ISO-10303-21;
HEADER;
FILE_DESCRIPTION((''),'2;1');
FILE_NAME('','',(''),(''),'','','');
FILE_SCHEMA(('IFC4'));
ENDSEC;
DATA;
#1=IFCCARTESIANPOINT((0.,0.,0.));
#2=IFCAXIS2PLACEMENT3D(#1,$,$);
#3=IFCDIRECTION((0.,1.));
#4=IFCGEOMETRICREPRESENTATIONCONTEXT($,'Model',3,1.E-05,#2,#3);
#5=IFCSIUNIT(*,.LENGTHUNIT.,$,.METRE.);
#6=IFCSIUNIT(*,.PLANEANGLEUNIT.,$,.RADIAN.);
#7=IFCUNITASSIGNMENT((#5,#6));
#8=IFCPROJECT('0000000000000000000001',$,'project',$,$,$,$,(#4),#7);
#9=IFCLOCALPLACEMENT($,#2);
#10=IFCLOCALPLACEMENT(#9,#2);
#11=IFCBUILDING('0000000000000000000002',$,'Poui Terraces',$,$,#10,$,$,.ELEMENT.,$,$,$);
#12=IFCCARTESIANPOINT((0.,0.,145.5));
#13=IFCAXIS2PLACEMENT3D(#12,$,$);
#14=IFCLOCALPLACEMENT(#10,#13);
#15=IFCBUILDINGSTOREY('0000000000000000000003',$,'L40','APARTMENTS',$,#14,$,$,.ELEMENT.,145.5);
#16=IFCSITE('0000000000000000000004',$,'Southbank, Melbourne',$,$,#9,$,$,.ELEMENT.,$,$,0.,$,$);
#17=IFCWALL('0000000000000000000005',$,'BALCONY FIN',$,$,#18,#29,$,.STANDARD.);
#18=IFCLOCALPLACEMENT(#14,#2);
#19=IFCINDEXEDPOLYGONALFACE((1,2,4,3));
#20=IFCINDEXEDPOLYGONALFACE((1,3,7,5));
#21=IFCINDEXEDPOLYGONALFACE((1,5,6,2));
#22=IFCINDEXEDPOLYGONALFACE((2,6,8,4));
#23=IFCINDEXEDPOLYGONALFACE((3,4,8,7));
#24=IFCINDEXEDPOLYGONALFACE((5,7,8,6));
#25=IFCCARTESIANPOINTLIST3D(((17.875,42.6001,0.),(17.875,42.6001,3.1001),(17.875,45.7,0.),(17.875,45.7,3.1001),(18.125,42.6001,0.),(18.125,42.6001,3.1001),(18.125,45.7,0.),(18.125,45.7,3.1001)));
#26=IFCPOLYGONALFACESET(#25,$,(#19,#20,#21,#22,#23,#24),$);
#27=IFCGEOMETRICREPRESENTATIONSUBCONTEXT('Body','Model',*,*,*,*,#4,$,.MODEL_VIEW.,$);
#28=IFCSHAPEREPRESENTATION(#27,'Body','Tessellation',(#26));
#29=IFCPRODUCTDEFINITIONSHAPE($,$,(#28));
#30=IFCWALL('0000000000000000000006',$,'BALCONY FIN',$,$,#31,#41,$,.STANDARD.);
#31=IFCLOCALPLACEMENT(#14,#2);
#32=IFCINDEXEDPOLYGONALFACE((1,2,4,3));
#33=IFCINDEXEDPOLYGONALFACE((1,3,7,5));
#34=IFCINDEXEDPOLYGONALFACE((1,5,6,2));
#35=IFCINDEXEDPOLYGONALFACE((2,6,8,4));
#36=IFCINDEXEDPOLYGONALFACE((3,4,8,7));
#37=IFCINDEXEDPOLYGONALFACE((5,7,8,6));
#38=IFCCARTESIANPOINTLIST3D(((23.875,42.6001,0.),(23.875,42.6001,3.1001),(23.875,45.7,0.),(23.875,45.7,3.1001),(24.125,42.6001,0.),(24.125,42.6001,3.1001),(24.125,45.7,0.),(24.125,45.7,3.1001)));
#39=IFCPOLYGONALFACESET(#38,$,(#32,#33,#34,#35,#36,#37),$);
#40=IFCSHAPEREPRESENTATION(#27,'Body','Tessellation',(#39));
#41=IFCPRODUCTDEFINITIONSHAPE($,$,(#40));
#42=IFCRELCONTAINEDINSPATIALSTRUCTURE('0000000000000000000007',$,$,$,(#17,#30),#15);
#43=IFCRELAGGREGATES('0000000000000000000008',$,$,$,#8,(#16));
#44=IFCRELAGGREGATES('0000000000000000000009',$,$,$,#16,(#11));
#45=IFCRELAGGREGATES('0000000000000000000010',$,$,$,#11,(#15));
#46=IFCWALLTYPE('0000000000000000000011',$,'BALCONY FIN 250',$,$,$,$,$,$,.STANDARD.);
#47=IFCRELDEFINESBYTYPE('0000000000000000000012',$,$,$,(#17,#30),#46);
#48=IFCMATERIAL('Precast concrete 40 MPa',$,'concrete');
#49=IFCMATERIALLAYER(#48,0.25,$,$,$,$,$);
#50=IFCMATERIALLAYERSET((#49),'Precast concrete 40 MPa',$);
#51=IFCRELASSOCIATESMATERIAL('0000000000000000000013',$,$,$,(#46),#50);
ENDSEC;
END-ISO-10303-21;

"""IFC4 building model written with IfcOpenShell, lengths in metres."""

from ifc_helpers import new_model, si_unit, direction, frame, origin, place, context, subcontext, project, spatial, polyline, outline, extrude, source, transform, mapped, material, layer, layer_set, type_object, element, save


model = new_model("IFC4")

# Units and contexts
model_context = context("Model", 3, precision=1e-05, world=origin(), true_north=direction((0.0, 1.0)))
body_context = subcontext(model_context, "Body", "Model", "MODEL_VIEW")
ifc_project = project(units=[si_unit("LENGTHUNIT", "METRE"), si_unit("PLANEANGLEUNIT", "RADIAN")], contexts=[model_context])

# Site, building, storey
site_placement = place(None, origin())
site = spatial("IfcSite", under=ifc_project, at=site_placement, Name="Southbank, Melbourne", CompositionType="ELEMENT", RefElevation=0.0)
building_placement = place(site_placement, origin())
building = spatial("IfcBuilding", under=site, at=building_placement, Name="Poui Terraces", CompositionType="ELEMENT")
storey_placement = place(building_placement, frame((0.0, 0.0, 145.5)))
storey = spatial("IfcBuildingStorey", under=building, at=storey_placement, Name="L40", Description="APARTMENTS", CompositionType="ELEMENT", Elevation=145.5)

# Walls
ifc_material_1 = material(Name="Precast concrete 40 MPa", Category="concrete")
ifc_layer_1 = layer(ifc_material_1, 0.25)
ifc_layer_set_1 = layer_set([ifc_layer_1], Name="Precast concrete 40 MPa")
wall_type_1 = type_object("IfcWallType", Name="BALCONY FIN 250", PredefinedType="STANDARD", material=ifc_layer_set_1)
shared_shape_1 = source(origin(), body_context, "Body", "SweptSolid", [
    extrude(outline(polyline([(0.0, 0.0), (0.25, 0.0), (0.25, 3.0999), (0.0, 3.0999), (0.0, 0.0)])), origin(), (0.0, 0.0, 1.0), 3.1001),
])
for number, where, name in (
    (1, (17.875, 42.6001, 0.0), "BALCONY FIN"),
    (2, (23.875, 42.6001, 0.0), "BALCONY FIN"),
):
    element("IfcWall", number, at=place(storey_placement, frame(where)), inside=storey, type_object=wall_type_1, Name=name, PredefinedType="STANDARD", context=body_context, shape_type="MappedRepresentation", body=[
        mapped(shared_shape_1, transform((0.0, 0.0, 0.0))),
    ])

save(model, "model.ifc")
